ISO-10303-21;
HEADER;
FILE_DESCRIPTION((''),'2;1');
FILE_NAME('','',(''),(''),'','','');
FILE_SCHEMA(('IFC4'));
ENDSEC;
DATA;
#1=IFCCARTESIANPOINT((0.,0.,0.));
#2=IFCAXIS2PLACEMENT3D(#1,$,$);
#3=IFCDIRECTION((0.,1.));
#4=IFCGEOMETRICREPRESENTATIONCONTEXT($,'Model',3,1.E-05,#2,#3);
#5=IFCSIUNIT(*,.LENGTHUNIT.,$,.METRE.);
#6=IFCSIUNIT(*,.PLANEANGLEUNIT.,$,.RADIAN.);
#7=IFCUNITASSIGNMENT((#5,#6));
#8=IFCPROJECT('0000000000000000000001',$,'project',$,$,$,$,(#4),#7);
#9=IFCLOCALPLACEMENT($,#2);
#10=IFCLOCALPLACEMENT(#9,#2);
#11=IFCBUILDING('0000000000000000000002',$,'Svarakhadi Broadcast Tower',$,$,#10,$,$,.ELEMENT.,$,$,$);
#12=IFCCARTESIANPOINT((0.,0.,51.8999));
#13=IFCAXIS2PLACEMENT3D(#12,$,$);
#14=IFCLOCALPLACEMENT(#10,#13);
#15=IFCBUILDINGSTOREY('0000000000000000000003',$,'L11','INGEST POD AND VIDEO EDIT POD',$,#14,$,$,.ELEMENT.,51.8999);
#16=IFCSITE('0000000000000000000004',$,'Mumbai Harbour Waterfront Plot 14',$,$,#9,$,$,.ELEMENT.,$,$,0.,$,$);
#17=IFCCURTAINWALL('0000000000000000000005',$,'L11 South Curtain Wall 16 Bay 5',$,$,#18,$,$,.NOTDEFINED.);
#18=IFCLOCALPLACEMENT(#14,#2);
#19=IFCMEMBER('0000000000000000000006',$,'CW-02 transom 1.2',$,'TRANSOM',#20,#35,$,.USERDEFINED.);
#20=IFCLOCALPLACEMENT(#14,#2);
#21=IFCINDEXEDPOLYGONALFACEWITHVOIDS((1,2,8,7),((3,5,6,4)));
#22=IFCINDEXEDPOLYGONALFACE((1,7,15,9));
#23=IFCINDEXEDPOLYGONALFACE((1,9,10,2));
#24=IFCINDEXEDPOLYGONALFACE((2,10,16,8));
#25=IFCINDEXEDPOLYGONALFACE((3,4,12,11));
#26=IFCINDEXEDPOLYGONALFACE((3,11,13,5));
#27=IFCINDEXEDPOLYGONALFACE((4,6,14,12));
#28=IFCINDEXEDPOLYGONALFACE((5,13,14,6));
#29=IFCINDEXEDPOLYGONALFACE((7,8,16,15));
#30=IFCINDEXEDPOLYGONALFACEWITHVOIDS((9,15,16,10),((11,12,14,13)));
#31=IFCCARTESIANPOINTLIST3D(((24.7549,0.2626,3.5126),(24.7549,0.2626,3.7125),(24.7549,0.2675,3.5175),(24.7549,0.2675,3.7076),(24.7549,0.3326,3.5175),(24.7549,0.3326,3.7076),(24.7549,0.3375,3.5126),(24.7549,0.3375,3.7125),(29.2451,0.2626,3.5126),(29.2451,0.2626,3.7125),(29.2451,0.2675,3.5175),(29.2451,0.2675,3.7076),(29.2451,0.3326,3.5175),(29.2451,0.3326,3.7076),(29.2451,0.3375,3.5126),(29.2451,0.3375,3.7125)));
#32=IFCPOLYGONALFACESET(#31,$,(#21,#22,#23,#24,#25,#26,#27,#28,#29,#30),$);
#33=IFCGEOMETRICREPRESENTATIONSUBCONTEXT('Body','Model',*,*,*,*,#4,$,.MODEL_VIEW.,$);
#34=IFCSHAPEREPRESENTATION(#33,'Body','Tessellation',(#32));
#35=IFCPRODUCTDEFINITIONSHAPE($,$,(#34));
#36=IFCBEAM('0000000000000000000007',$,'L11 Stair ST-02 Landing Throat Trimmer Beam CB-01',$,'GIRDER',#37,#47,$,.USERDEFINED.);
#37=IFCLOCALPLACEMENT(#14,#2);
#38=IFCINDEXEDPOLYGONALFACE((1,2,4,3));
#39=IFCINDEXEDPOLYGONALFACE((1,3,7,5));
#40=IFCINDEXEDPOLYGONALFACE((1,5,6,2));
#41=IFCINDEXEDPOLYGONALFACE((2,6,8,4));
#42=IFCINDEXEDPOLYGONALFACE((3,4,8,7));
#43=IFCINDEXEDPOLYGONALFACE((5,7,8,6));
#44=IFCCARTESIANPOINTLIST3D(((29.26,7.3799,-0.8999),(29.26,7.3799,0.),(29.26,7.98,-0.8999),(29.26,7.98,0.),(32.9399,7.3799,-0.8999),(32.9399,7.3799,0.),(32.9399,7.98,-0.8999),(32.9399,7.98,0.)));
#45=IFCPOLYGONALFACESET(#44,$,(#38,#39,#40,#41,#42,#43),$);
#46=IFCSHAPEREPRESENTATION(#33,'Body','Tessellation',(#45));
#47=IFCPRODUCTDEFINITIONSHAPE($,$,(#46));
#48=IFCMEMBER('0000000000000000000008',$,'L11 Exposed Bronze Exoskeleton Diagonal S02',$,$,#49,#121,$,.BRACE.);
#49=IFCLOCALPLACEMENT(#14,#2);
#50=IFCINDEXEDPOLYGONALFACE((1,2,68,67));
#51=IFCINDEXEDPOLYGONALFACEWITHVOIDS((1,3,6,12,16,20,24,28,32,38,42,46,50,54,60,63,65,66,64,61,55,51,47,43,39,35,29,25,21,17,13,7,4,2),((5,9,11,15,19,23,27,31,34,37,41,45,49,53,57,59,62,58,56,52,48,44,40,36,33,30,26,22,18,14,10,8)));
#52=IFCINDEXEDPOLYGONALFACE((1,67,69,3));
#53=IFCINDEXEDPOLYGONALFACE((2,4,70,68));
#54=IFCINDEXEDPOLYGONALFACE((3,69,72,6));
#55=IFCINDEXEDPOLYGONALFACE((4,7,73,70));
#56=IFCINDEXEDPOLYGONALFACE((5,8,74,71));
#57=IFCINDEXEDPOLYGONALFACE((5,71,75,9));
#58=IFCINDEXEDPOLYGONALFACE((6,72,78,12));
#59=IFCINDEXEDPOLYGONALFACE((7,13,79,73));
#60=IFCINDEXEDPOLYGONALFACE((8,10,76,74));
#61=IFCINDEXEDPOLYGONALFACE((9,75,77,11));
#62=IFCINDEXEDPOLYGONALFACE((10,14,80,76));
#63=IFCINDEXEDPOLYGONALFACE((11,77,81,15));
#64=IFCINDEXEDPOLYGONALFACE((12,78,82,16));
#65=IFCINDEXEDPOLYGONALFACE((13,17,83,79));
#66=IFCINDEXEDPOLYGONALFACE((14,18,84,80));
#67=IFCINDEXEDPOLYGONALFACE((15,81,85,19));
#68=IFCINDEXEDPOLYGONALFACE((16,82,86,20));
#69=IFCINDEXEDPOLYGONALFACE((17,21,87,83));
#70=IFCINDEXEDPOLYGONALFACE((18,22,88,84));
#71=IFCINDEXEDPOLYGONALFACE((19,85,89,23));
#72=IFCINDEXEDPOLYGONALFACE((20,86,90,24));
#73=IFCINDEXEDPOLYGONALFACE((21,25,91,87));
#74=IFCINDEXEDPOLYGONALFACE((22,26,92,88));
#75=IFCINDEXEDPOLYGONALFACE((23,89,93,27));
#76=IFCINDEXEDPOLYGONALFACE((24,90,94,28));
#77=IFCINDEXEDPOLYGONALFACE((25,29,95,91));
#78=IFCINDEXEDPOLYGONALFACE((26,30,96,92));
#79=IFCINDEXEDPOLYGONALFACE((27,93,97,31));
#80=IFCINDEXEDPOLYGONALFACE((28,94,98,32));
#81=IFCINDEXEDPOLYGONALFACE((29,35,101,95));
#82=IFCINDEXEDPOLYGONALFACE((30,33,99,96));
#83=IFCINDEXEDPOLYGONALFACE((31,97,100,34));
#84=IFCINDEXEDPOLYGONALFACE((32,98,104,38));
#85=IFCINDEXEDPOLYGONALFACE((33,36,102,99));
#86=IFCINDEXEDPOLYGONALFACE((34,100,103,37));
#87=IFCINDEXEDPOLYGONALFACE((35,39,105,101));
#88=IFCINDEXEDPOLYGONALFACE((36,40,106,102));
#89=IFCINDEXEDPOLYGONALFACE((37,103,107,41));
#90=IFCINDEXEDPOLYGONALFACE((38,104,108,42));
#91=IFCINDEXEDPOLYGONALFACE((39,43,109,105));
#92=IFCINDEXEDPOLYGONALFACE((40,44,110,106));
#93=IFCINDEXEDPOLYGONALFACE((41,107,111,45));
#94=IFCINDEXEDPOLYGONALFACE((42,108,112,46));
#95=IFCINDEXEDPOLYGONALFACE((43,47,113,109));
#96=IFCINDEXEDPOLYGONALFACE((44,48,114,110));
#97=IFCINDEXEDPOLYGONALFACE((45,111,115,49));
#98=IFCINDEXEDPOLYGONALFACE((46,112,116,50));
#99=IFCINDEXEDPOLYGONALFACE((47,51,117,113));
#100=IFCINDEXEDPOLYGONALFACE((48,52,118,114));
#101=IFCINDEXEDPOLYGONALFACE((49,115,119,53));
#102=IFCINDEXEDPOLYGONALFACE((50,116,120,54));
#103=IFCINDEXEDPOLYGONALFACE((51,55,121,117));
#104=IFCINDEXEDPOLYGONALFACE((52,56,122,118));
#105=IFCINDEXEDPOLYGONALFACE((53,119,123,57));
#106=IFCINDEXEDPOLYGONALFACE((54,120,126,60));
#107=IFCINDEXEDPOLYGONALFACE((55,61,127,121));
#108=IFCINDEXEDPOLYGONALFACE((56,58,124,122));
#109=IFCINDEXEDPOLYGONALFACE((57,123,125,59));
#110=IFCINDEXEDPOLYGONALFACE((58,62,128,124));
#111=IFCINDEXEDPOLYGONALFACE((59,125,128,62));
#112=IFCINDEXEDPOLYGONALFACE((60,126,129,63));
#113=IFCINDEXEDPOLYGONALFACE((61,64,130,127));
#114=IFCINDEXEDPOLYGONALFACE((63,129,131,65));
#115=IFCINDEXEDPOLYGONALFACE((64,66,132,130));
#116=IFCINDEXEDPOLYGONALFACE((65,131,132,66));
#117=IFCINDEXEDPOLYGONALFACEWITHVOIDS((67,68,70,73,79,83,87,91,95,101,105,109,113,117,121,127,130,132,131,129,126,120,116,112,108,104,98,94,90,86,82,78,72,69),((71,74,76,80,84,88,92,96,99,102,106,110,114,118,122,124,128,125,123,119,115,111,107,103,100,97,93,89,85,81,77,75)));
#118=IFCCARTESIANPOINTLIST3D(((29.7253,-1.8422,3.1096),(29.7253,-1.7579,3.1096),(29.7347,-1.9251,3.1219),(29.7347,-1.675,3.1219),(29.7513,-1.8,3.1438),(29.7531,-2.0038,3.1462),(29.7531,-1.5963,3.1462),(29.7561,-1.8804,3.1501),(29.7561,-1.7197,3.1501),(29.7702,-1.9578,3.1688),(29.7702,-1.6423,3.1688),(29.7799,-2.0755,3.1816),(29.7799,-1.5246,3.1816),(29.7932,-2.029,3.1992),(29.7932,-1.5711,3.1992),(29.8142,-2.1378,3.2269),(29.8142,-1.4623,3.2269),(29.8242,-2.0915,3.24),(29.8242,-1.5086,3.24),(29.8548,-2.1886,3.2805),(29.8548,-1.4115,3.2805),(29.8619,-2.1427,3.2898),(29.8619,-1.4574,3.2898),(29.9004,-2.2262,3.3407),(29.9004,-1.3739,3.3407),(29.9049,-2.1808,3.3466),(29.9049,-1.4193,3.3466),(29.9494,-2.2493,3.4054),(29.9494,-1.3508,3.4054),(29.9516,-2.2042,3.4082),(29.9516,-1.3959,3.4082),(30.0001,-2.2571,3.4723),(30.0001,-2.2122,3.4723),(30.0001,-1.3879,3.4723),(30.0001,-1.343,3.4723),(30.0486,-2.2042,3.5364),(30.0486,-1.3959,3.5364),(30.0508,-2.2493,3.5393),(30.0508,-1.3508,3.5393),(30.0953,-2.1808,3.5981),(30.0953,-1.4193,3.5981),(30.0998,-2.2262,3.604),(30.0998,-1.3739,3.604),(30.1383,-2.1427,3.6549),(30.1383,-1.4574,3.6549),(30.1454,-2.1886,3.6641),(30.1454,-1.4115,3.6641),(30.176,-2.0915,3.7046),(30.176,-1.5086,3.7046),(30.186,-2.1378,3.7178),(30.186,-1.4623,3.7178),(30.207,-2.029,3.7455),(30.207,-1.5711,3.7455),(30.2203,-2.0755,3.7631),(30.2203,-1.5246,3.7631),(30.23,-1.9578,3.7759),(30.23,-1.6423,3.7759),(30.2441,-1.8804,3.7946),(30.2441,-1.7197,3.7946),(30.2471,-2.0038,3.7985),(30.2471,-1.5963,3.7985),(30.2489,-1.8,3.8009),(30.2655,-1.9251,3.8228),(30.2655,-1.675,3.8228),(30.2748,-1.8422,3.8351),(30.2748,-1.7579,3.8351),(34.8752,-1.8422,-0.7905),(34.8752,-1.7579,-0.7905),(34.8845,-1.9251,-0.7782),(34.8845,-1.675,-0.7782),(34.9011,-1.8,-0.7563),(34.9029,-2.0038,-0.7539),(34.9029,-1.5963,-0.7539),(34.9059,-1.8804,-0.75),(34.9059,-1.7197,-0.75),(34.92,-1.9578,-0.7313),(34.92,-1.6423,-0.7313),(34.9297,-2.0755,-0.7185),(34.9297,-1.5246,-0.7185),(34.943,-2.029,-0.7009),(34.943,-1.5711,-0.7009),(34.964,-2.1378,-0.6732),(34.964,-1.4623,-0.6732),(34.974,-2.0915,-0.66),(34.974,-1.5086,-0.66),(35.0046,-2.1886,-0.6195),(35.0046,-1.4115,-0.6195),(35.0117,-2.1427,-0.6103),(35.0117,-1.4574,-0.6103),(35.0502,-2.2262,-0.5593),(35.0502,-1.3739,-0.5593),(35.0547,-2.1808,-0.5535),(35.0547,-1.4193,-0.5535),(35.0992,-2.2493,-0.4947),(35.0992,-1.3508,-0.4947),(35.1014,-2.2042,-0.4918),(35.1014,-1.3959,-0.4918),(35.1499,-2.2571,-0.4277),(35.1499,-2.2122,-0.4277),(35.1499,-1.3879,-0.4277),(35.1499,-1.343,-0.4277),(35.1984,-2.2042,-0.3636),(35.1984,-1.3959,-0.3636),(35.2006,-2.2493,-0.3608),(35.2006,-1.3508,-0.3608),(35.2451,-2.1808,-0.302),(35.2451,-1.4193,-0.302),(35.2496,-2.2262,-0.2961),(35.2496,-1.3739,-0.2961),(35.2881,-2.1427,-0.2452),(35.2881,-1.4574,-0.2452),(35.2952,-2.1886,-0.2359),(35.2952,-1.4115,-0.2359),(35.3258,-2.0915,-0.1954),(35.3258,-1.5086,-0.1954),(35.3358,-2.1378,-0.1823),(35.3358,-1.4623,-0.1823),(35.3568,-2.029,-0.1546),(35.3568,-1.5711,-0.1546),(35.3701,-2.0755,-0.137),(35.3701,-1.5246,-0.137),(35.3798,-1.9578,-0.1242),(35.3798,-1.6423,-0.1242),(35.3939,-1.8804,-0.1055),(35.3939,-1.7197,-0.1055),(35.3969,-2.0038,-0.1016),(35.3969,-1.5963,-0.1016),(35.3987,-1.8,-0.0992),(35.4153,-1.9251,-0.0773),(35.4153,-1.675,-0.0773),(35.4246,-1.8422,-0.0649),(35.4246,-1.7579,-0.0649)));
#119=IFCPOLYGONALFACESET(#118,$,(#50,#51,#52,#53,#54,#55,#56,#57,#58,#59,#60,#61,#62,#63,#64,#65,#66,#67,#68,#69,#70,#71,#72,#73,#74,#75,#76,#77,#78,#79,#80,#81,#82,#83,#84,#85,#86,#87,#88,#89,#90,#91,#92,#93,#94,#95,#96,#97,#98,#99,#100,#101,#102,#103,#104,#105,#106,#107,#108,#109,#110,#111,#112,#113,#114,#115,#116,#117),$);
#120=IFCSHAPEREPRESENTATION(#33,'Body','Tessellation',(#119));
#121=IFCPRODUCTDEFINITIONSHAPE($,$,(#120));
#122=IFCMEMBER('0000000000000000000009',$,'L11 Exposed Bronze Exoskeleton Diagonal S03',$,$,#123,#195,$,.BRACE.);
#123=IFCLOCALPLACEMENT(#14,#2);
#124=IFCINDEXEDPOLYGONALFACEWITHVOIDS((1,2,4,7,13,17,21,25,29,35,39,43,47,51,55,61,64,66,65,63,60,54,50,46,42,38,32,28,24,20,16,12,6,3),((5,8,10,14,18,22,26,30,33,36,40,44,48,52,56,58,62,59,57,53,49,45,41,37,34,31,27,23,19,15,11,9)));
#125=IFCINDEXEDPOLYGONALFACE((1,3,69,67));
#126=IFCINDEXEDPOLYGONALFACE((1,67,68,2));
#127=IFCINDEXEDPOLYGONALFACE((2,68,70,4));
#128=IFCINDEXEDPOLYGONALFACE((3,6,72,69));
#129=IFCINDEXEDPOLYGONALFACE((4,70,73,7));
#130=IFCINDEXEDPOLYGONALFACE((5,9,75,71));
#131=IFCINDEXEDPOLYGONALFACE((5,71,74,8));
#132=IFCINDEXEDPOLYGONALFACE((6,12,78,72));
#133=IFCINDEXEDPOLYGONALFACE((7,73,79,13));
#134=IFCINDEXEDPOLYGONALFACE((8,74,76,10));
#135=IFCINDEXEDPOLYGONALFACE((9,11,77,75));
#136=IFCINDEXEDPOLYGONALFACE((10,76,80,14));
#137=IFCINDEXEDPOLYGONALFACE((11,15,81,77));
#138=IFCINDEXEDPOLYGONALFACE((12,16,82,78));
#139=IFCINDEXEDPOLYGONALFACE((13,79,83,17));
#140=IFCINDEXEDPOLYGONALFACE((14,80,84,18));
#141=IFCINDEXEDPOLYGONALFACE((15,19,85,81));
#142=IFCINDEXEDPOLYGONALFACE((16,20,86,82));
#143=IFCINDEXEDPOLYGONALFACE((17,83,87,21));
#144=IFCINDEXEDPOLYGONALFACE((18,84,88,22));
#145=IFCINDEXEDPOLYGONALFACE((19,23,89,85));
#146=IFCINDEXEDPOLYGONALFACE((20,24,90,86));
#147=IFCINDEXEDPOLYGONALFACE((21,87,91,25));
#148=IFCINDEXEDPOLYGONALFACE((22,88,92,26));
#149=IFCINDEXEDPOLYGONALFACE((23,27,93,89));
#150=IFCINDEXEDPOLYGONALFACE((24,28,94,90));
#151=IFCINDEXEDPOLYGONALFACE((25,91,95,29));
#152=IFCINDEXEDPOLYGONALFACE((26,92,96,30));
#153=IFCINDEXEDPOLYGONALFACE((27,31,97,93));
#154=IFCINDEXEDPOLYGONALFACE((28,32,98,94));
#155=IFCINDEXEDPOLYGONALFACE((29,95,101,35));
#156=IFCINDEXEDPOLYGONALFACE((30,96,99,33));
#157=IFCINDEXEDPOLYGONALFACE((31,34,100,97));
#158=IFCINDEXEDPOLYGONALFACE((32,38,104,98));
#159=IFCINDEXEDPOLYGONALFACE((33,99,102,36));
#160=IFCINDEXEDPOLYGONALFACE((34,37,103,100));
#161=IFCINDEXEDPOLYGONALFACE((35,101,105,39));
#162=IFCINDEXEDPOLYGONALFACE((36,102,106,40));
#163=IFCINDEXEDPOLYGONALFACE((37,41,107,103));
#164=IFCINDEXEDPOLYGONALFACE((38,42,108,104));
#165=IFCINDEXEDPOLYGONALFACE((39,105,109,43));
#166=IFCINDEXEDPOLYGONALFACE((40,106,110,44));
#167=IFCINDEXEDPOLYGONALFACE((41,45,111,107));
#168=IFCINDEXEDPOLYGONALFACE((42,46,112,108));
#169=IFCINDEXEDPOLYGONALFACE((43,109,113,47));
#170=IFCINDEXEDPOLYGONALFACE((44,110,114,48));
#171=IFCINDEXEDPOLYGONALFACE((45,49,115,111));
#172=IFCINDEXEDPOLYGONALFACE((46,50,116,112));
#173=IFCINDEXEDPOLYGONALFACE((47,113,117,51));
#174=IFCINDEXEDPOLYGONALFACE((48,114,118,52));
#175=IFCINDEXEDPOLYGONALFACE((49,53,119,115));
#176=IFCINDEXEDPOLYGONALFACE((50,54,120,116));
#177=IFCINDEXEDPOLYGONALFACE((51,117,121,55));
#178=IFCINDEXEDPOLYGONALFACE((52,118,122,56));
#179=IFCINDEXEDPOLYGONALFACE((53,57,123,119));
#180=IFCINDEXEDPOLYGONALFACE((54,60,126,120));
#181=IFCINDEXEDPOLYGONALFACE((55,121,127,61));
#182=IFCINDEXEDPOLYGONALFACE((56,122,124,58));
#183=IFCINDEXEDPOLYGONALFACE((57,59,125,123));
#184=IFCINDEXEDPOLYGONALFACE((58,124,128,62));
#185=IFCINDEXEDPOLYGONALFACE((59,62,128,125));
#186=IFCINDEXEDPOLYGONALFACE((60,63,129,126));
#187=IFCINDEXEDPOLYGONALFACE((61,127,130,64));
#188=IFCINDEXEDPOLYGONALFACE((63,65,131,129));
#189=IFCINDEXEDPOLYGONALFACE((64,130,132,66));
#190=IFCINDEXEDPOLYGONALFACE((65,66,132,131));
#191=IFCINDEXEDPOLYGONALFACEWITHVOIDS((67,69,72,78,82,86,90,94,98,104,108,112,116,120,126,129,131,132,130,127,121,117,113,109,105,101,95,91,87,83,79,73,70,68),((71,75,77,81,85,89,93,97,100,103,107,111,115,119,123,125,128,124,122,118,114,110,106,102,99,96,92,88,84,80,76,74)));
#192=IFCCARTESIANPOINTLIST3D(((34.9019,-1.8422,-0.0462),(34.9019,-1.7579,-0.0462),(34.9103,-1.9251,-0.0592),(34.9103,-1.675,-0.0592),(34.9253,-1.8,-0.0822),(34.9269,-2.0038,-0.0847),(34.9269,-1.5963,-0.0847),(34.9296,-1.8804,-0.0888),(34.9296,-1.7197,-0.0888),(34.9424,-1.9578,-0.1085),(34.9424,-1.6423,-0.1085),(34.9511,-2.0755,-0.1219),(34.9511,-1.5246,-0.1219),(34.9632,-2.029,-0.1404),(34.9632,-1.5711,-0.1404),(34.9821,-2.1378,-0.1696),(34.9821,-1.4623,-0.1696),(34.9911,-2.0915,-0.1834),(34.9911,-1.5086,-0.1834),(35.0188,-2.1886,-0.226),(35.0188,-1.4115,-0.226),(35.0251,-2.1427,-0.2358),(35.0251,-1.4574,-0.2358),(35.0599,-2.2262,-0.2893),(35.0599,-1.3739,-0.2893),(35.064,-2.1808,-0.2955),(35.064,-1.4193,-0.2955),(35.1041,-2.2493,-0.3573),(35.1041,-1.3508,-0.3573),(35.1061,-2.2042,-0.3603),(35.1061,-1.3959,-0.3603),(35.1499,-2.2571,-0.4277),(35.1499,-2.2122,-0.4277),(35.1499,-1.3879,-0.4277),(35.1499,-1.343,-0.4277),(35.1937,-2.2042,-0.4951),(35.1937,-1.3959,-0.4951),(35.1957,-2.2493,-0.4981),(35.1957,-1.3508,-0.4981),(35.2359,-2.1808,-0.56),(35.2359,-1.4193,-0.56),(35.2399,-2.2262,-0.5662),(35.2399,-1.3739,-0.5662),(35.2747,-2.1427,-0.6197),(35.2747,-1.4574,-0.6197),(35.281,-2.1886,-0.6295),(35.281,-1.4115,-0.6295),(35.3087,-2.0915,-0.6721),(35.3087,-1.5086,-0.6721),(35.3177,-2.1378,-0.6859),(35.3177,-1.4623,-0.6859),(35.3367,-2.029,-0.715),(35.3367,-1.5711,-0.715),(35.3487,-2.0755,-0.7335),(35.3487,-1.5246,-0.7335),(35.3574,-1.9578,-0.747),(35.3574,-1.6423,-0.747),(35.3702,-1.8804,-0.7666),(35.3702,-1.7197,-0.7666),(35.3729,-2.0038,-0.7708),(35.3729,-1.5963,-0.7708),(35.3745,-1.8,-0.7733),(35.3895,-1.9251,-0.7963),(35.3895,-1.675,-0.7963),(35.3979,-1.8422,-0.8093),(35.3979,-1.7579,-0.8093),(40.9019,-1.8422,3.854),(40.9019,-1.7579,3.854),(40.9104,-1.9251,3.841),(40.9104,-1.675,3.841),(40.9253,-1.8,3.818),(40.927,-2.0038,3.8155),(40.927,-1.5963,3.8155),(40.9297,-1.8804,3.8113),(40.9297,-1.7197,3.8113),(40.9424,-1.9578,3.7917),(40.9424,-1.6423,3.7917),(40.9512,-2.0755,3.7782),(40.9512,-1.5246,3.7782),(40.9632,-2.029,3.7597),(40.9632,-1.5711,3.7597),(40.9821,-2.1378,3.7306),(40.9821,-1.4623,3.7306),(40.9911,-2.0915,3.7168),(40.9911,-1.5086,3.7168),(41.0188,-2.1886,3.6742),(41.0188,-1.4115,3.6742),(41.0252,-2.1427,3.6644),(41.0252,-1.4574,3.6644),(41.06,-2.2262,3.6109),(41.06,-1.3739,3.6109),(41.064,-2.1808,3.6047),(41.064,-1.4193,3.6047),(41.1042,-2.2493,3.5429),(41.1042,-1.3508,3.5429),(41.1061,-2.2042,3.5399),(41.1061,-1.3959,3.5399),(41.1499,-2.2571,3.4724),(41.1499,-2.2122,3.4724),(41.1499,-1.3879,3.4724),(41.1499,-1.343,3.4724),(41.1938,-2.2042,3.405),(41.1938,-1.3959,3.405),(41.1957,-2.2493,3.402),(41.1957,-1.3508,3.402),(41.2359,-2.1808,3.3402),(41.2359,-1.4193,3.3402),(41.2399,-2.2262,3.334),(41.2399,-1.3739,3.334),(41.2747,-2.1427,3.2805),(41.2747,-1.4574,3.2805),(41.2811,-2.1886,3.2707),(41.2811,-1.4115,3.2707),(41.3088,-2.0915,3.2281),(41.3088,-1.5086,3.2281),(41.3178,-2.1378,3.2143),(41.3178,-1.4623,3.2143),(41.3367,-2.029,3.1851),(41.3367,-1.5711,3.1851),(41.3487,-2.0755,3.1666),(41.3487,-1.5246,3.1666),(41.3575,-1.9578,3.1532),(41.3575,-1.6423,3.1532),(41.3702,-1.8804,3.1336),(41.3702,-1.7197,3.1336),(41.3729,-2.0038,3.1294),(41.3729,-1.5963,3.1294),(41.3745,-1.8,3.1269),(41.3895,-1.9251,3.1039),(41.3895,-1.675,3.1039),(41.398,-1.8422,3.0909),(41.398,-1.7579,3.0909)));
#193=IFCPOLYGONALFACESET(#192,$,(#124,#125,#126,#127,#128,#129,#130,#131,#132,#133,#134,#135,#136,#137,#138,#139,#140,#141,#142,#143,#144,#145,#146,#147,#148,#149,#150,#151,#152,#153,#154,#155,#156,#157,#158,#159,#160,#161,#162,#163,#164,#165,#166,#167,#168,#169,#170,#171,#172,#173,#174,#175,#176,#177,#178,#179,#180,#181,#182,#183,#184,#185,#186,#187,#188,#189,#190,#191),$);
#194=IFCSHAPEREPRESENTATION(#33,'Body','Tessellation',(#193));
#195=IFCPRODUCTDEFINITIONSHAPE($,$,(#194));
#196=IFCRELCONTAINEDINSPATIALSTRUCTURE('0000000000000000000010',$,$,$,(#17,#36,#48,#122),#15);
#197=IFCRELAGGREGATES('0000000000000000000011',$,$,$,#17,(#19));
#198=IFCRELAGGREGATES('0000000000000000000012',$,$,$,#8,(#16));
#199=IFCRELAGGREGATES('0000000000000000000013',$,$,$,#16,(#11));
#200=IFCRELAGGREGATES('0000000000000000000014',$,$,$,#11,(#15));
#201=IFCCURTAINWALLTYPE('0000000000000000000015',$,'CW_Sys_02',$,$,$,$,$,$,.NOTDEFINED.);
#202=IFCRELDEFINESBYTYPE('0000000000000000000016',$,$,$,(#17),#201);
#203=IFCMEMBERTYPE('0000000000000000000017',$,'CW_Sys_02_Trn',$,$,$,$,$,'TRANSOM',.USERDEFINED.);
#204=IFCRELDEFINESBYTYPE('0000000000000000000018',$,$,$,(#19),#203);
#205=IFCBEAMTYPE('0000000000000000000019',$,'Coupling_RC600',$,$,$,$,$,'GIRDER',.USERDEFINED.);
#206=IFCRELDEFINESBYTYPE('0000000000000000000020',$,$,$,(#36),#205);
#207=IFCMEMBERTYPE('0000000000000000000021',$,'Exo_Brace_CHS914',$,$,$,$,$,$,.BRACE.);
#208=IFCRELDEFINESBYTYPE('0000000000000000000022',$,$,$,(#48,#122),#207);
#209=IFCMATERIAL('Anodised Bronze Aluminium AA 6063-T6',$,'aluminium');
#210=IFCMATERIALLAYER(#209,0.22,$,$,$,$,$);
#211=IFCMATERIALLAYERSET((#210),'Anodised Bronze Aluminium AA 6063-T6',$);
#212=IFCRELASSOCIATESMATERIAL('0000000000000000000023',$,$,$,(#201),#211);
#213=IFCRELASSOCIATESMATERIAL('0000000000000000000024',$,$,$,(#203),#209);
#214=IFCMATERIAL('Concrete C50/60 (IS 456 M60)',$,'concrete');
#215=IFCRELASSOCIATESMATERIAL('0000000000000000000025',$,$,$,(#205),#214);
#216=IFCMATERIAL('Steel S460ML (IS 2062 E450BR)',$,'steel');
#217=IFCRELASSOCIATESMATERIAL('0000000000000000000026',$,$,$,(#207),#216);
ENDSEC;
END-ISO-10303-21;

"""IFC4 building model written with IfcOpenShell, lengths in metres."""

from ifc_helpers import new_model, si_unit, direction, frame, origin, origin_2d, place, context, subcontext, project, spatial, rectangle, hollow_rectangle, hollow_circle, extrude, material, layer, layer_set, material_profile, profile_set, type_object, element, aggregate, save


model = new_model("IFC4")

# Units and contexts
model_context = context("Model", 3, precision=1e-05, world=origin(), true_north=direction((0.0, 1.0)))
body_context = subcontext(model_context, "Body", "Model", "MODEL_VIEW")
ifc_project = project(units=[si_unit("LENGTHUNIT", "METRE"), si_unit("PLANEANGLEUNIT", "RADIAN")], contexts=[model_context])

# Site, building, storey
site_placement = place(None, origin())
site = spatial("IfcSite", under=ifc_project, at=site_placement, Name="Mumbai Harbour Waterfront Plot 14", CompositionType="ELEMENT", RefElevation=0.0)
building_placement = place(site_placement, origin())
building = spatial("IfcBuilding", under=site, at=building_placement, Name="Svarakhadi Broadcast Tower", CompositionType="ELEMENT")
storey_placement = place(building_placement, frame((0.0, 0.0, 51.8999)))
storey = spatial("IfcBuildingStorey", under=building, at=storey_placement, Name="L11", Description="INGEST POD AND VIDEO EDIT POD", CompositionType="ELEMENT", Elevation=51.8999)

# Shared definitions
ifc_material_1 = material(Name="Steel S460ML (IS 2062 E450BR)", Category="steel")

# Shared definitions
ifc_material_2 = material(Name="Anodised Bronze Aluminium AA 6063-T6", Category="aluminium")
ifc_layer_1 = layer(ifc_material_2, 0.22)
ifc_layer_set_1 = layer_set([ifc_layer_1], Name="Anodised Bronze Aluminium AA 6063-T6")
curtain_wall_type = type_object("IfcCurtainWallType", Name="CW_Sys_02", PredefinedType="NOTDEFINED", material=ifc_layer_set_1)

# Curtain wall
curtain_wall_1_placement = place(storey_placement, origin())
curtain_wall_1 = element("IfcCurtainWall", 1, at=curtain_wall_1_placement, inside=storey, type_object=curtain_wall_type, Name="L11 South Curtain Wall 16 Bay 5", PredefinedType="NOTDEFINED")

# Member
ifc_material_profile_1 = material_profile(ifc_material_2, hollow_rectangle(XDim=0.075, YDim=0.2, WallThickness=0.0049, at=origin_2d()), Name="ALU TRANSOM 200x75x5")
ifc_profile_set_1 = profile_set([ifc_material_profile_1], Name="Anodised Bronze Aluminium AA 6063-T6")
member_type_1 = type_object("IfcMemberType", Name="CW_Sys_02_Trn", ElementType="TRANSOM", PredefinedType="USERDEFINED", material=ifc_profile_set_1)
member_1_placement = place(storey_placement, frame((29.2451, 0.3, 3.6125), z_axis=(-1.0, 0.0, 0.0), x_axis=(0.0, -1.0, 0.0)))
member_1 = element("IfcMember", 2, at=member_1_placement, type_object=member_type_1, Name="CW-02 transom 1.2", ObjectType="TRANSOM", PredefinedType="USERDEFINED", context=body_context, shape_type="SweptSolid", body=[
    extrude(hollow_rectangle(XDim=0.075, YDim=0.2, WallThickness=0.0049, at=origin_2d()), origin(), (0.0, 0.0, 1.0), 4.4902),
])
aggregate(curtain_wall_1, [member_1])

# Beam
ifc_material_3 = material(Name="Concrete C50/60 (IS 456 M60)", Category="concrete")
ifc_material_profile_2 = material_profile(ifc_material_3, rectangle(XDim=0.6001, YDim=0.8999, at=origin_2d()), Name="RC 600x900")
ifc_profile_set_2 = profile_set([ifc_material_profile_2], Name="Concrete C50/60 (IS 456 M60)")
beam_type_1 = type_object("IfcBeamType", Name="Coupling_RC600", ElementType="GIRDER", PredefinedType="USERDEFINED", material=ifc_profile_set_2)
beam_1_placement = place(storey_placement, frame((29.26, 7.6799, -0.45), z_axis=(1.0, 0.0, 0.0), x_axis=(0.0, 1.0, 0.0)))
element("IfcBeam", 3, at=beam_1_placement, inside=storey, type_object=beam_type_1, Name="L11 Stair ST-02 Landing Throat Trimmer Beam CB-01", ObjectType="GIRDER", PredefinedType="USERDEFINED", context=body_context, shape_type="SweptSolid", body=[
    extrude(rectangle(XDim=0.6001, YDim=0.8999, at=origin_2d()), origin(), (0.0, 0.0, 1.0), 3.6799),
])

# Members
ifc_material_profile_3 = material_profile(ifc_material_1, hollow_circle(Radius=0.457, WallThickness=0.0449, at=origin_2d()), Name="CHS 914x45")
ifc_profile_set_3 = profile_set([ifc_material_profile_3], Name="Steel S460ML (IS 2062 E450BR)")
member_type_2 = type_object("IfcMemberType", Name="Exo_Brace_CHS914", PredefinedType="BRACE", material=ifc_profile_set_3)
member_2_placement = place(storey_placement, frame((35.1499, -1.8, -0.4277), z_axis=(-0.797189, 0.0, 0.60373), x_axis=(0.0, -1.0, 0.0)))
element("IfcMember", 4, at=member_2_placement, inside=storey, type_object=member_type_2, Name="L11 Exposed Bronze Exoskeleton Diagonal S02", PredefinedType="BRACE", context=body_context, shape_type="SweptSolid", body=[
    extrude(hollow_circle(Radius=0.457, WallThickness=0.0449, at=origin_2d()), origin(), (0.0, 0.0, 1.0), 6.46),
])
member_3_placement = place(storey_placement, frame((35.1499, -1.8, -0.4277), z_axis=(0.838434, 0.0, 0.545003), x_axis=(0.0, 1.0, 0.0)))
element("IfcMember", 5, at=member_3_placement, inside=storey, type_object=member_type_2, Name="L11 Exposed Bronze Exoskeleton Diagonal S03", PredefinedType="BRACE", context=body_context, shape_type="SweptSolid", body=[
    extrude(hollow_circle(Radius=0.457, WallThickness=0.0449, at=origin_2d()), origin(), (0.0, 0.0, 1.0), 7.1562),
])

save(model, "model.ifc")
